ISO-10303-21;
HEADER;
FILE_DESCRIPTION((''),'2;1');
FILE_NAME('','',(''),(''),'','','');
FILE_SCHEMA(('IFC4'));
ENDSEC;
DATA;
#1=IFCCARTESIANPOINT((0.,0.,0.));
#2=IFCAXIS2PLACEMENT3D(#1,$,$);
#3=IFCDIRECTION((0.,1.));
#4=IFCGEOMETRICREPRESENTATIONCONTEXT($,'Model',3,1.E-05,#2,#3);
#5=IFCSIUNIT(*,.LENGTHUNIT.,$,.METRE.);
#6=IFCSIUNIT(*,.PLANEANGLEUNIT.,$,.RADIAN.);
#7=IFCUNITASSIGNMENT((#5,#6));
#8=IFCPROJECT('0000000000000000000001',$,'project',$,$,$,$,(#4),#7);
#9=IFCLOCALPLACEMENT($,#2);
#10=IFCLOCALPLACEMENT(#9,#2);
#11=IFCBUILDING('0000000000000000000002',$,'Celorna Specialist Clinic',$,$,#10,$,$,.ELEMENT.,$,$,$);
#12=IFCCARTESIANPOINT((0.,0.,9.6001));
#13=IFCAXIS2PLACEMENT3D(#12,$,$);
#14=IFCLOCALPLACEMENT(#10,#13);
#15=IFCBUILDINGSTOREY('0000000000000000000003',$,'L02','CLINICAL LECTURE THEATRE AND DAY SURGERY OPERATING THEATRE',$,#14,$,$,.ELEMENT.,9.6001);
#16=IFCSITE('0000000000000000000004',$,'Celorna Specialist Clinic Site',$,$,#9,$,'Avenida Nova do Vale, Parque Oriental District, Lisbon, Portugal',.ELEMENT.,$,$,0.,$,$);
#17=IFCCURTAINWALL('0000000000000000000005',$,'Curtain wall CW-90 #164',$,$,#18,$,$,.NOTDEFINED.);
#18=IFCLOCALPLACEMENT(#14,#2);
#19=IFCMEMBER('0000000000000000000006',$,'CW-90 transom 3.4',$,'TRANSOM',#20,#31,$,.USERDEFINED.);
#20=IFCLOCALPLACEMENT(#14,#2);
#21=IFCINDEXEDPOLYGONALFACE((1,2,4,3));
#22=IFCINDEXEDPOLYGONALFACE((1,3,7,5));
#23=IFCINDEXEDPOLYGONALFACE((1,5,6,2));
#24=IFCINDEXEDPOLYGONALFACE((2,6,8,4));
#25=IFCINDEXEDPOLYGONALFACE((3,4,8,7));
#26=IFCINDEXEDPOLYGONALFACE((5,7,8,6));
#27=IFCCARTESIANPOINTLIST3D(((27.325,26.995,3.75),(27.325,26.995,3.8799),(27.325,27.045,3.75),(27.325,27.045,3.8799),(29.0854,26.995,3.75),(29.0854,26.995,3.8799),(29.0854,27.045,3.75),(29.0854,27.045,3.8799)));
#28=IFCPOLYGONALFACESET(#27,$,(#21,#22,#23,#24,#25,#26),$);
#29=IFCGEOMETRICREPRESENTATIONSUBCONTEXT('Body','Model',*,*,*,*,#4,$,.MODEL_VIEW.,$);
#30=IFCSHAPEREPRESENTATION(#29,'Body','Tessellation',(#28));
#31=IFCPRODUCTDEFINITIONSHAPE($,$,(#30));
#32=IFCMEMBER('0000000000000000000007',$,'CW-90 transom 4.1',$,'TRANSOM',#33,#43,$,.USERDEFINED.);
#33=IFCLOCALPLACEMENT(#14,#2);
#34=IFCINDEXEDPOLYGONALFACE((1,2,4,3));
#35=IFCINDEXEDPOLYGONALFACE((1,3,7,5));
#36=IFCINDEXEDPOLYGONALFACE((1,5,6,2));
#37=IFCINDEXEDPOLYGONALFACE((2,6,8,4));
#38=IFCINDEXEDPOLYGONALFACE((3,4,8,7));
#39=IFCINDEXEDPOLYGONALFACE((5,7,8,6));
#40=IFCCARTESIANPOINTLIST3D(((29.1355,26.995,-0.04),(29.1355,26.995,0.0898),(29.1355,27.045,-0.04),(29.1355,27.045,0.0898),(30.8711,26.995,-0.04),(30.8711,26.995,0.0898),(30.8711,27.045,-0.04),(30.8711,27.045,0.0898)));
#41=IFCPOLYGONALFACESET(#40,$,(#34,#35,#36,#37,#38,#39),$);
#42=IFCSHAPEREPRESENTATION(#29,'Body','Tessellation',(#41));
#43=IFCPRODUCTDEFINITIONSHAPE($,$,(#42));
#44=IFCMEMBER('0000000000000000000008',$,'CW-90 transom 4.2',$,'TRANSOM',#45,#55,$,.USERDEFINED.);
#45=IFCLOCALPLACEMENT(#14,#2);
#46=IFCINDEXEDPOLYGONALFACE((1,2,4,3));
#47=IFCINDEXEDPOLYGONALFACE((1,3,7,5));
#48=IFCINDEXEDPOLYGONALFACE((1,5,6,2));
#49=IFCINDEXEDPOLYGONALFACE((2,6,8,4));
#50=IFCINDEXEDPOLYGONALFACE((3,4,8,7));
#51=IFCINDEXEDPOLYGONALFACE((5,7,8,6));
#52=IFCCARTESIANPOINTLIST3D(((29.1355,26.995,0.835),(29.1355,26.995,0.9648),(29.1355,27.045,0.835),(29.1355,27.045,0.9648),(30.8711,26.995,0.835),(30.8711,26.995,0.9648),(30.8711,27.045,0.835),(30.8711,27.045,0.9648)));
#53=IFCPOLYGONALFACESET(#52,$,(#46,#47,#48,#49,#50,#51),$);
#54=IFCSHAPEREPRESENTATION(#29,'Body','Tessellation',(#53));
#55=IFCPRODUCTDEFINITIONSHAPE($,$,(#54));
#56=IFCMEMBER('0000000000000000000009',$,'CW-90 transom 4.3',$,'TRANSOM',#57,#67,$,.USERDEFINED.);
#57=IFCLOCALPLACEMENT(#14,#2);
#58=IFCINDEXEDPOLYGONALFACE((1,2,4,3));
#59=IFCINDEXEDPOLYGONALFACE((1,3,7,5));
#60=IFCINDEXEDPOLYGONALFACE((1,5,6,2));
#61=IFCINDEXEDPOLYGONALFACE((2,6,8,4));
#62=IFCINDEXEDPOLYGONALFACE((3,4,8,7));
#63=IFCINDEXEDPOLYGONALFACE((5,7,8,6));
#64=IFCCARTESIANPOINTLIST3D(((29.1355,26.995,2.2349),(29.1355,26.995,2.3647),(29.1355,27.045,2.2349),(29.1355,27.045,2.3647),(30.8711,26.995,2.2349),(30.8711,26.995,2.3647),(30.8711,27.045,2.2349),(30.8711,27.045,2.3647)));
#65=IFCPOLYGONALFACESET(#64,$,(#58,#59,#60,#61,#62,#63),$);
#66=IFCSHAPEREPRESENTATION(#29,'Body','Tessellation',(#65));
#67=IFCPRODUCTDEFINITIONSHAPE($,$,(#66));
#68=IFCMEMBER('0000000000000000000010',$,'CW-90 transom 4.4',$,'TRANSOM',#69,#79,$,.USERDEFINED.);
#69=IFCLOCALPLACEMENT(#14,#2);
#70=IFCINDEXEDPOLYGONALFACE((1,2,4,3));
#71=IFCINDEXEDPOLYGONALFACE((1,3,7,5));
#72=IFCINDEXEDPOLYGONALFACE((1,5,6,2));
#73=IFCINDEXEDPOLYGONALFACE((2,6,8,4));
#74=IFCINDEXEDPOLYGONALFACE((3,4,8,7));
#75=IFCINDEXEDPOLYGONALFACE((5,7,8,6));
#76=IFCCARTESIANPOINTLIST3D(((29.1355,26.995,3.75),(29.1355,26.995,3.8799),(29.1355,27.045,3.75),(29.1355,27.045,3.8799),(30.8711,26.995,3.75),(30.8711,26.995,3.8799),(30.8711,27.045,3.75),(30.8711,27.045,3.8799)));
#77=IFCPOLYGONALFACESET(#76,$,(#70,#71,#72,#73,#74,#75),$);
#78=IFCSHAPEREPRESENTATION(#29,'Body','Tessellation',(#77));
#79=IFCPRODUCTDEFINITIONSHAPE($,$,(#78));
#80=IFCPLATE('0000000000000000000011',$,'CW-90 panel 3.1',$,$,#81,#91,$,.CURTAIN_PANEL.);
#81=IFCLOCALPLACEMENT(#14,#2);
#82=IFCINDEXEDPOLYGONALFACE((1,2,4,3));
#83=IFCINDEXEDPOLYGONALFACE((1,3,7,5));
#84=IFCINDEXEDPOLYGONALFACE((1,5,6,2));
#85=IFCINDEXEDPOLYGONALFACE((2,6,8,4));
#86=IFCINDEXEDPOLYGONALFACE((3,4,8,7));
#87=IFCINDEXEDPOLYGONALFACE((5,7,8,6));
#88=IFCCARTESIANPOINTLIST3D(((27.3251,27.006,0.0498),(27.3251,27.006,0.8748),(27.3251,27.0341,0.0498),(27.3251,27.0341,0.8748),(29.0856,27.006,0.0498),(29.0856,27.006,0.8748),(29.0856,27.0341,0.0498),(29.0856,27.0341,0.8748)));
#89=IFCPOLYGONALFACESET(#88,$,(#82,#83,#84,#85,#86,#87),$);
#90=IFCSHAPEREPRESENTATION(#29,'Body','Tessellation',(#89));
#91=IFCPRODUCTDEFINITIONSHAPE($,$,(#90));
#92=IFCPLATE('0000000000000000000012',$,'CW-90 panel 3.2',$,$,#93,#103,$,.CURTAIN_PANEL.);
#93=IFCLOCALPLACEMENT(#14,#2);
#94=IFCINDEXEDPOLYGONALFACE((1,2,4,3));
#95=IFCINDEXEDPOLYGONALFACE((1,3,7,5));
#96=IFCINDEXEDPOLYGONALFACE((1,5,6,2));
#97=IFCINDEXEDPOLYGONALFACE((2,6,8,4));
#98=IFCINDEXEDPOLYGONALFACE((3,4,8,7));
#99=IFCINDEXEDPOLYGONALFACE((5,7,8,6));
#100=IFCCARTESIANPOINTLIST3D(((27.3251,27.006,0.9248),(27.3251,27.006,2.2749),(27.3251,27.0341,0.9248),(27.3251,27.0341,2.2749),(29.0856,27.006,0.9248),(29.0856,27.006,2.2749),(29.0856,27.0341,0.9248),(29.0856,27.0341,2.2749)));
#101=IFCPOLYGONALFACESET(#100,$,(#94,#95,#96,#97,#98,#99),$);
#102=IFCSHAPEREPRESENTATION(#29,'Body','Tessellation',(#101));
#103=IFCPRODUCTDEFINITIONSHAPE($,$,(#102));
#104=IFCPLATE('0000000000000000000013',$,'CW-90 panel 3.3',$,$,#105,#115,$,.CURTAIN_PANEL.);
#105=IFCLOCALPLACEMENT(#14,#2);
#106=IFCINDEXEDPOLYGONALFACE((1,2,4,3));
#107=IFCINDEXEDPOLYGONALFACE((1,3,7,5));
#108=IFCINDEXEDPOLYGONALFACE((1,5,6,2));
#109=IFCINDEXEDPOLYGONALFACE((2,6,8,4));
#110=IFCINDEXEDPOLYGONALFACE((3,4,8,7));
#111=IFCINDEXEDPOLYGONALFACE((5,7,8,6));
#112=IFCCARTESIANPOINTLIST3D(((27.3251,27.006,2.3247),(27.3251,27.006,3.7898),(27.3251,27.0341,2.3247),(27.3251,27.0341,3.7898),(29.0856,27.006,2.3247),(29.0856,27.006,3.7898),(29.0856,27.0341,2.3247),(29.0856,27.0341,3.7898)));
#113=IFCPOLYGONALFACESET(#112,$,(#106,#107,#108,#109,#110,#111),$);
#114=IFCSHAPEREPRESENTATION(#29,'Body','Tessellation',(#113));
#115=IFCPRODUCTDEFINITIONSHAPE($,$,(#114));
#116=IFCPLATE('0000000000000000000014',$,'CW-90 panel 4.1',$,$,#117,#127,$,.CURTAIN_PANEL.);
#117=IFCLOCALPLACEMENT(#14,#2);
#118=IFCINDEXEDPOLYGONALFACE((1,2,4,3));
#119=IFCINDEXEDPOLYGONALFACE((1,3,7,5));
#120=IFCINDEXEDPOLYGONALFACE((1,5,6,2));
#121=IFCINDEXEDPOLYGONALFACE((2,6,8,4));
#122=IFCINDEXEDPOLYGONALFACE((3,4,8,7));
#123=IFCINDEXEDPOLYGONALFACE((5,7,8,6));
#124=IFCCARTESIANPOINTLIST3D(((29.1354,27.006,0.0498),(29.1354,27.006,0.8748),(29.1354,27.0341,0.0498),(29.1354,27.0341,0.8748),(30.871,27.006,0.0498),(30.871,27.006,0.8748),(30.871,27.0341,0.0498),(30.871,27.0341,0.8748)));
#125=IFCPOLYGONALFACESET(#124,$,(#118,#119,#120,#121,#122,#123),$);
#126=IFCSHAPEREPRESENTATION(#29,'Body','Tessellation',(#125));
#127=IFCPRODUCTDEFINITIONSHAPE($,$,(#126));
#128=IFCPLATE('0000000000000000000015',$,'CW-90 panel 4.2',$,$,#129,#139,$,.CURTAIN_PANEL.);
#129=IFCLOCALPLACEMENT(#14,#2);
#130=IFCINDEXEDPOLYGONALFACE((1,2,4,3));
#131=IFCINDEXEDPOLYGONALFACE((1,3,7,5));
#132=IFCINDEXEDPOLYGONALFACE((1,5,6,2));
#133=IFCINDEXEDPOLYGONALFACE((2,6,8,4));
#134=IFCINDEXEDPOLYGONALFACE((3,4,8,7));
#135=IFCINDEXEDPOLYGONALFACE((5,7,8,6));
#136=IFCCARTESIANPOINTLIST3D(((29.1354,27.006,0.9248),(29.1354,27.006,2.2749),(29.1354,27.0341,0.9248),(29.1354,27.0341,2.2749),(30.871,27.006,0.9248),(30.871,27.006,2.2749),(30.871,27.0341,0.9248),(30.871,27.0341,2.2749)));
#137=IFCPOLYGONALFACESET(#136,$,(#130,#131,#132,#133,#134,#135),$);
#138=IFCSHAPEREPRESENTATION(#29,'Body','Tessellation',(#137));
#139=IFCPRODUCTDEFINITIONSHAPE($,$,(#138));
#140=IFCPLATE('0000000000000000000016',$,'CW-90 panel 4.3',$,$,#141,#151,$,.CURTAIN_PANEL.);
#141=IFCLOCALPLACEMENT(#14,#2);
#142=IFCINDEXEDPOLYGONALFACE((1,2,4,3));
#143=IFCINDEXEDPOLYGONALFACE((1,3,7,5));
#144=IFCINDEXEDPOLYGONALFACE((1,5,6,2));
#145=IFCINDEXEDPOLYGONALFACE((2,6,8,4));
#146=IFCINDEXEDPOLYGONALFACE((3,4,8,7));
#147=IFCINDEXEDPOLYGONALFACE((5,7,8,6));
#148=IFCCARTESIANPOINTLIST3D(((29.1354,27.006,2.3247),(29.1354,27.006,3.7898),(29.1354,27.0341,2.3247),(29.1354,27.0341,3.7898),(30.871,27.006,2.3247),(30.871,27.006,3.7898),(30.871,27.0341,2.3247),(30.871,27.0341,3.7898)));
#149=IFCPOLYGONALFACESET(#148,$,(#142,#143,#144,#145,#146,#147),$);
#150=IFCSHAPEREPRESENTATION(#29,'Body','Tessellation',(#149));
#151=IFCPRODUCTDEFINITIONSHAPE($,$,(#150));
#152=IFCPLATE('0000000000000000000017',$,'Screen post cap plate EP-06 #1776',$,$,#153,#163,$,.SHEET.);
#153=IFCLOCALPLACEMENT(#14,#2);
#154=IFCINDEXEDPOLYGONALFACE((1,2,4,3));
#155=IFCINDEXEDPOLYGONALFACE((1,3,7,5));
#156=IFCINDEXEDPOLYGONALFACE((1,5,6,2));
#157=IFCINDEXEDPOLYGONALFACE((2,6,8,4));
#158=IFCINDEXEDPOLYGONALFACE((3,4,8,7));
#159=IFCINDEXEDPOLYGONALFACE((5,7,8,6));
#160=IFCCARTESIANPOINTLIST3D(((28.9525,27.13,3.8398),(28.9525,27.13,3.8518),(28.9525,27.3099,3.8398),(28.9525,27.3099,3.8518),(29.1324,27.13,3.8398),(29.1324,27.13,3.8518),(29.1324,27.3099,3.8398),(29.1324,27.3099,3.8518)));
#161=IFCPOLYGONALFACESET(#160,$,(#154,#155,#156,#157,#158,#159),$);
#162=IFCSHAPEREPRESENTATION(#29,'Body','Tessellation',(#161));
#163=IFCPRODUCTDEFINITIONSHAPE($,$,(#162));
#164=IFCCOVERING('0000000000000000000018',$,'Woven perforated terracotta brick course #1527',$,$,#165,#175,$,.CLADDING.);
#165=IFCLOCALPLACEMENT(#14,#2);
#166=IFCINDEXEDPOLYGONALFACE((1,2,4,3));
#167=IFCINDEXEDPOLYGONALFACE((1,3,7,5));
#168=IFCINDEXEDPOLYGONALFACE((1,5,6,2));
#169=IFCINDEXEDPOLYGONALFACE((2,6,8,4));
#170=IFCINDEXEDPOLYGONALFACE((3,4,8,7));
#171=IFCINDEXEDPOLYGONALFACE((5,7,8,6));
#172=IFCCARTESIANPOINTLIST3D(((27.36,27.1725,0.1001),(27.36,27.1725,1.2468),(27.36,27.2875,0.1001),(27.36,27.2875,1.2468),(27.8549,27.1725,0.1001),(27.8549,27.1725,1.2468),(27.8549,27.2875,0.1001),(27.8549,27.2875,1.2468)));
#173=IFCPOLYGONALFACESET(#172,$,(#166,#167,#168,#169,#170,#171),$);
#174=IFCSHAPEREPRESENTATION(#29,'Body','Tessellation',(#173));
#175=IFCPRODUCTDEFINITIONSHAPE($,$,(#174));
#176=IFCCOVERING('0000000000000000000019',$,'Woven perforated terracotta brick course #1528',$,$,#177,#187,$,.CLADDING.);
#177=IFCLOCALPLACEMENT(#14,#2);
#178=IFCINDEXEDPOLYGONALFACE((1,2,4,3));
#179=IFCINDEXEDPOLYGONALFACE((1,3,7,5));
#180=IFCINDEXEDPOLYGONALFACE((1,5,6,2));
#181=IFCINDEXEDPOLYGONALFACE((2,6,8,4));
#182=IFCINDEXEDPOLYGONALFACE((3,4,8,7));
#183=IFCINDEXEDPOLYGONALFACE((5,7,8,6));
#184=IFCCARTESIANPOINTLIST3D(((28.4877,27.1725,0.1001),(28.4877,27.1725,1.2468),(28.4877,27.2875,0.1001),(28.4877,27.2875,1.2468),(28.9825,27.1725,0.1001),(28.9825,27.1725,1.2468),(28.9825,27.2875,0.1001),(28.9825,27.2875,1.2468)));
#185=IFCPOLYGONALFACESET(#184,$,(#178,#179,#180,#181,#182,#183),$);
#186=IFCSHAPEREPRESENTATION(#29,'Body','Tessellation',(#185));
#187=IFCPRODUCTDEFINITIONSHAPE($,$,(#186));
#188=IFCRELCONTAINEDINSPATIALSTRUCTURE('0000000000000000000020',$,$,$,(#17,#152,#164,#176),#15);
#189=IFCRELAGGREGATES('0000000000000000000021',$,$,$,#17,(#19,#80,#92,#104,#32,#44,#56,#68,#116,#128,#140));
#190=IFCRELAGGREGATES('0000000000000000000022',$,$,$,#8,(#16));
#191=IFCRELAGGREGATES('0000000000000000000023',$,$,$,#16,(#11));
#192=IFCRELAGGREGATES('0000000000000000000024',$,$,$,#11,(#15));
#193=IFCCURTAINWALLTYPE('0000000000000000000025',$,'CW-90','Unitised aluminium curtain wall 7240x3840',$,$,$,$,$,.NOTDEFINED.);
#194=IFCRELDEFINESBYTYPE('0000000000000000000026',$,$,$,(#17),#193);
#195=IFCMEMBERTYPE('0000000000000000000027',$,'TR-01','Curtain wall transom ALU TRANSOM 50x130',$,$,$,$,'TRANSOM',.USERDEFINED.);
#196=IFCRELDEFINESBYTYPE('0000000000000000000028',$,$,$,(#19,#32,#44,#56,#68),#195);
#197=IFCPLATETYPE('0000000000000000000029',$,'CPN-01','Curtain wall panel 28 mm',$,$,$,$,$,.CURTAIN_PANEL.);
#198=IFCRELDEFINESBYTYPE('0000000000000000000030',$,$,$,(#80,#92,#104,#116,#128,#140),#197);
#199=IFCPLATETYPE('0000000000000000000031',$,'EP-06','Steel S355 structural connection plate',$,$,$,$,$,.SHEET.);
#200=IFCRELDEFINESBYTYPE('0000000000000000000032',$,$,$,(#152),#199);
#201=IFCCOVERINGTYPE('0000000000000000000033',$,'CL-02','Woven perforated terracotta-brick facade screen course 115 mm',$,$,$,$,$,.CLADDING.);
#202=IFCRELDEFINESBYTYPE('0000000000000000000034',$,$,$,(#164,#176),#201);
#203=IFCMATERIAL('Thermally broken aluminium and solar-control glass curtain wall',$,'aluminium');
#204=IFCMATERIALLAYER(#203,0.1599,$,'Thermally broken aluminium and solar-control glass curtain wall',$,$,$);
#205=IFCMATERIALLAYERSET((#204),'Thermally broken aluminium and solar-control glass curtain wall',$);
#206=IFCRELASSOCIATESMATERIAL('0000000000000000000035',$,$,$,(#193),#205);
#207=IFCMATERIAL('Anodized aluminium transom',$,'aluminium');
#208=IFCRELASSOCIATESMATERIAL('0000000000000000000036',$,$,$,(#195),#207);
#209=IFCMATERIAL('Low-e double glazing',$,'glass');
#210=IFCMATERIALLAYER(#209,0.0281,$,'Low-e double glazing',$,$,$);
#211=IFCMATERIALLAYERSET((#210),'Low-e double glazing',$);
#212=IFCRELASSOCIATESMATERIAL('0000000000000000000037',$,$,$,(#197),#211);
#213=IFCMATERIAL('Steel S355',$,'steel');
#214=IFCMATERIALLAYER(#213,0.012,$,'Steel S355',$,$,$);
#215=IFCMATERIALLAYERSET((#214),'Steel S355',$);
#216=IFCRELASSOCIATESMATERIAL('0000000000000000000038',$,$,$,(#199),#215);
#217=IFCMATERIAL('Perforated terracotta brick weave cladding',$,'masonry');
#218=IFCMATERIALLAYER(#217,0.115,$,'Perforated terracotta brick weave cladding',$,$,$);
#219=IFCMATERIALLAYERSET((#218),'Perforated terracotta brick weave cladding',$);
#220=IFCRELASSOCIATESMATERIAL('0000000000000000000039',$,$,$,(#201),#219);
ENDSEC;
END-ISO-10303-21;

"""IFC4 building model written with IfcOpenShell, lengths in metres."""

from ifc_helpers import new_model, si_unit, direction, frame, origin, origin_2d, place, context, subcontext, project, spatial, rectangle, extrude, material, layer, layer_set, material_profile, profile_set, type_object, element, aggregate, save


model = new_model("IFC4")

# Units and contexts
model_context = context("Model", 3, precision=1e-05, world=origin(), true_north=direction((0.0, 1.0)))
body_context = subcontext(model_context, "Body", "Model", "MODEL_VIEW")
ifc_project = project(units=[si_unit("LENGTHUNIT", "METRE"), si_unit("PLANEANGLEUNIT", "RADIAN")], contexts=[model_context])

# Site, building, storey
site_placement = place(None, origin())
site = spatial("IfcSite", under=ifc_project, at=site_placement, Name="Celorna Specialist Clinic Site", LongName="Avenida Nova do Vale, Parque Oriental District, Lisbon, Portugal", CompositionType="ELEMENT", RefElevation=0.0)
building_placement = place(site_placement, origin())
building = spatial("IfcBuilding", under=site, at=building_placement, Name="Celorna Specialist Clinic", CompositionType="ELEMENT")
storey_placement = place(building_placement, frame((0.0, 0.0, 9.6001)))
storey = spatial("IfcBuildingStorey", under=building, at=storey_placement, Name="L02", Description="CLINICAL LECTURE THEATRE AND DAY SURGERY OPERATING THEATRE", CompositionType="ELEMENT", Elevation=9.6001)

# Shared definitions
ifc_material_1 = material(Name="Steel S355", Category="steel")

# Curtain wall, members, plates
ifc_material_2 = material(Name="Thermally broken aluminium and solar-control glass curtain wall", Category="aluminium")
ifc_layer_1 = layer(ifc_material_2, 0.1599, Name="Thermally broken aluminium and solar-control glass curtain wall")
ifc_layer_set_1 = layer_set([ifc_layer_1], Name="Thermally broken aluminium and solar-control glass curtain wall")
curtain_wall_type = type_object("IfcCurtainWallType", Name="CW-90", Description="Unitised aluminium curtain wall 7240x3840", PredefinedType="NOTDEFINED", material=ifc_layer_set_1)
curtain_wall_placement = place(storey_placement, origin())
curtain_wall = element("IfcCurtainWall", 1, at=curtain_wall_placement, inside=storey, type_object=curtain_wall_type, Name="Curtain wall CW-90 #164", PredefinedType="NOTDEFINED")
ifc_material_3 = material(Name="Anodized aluminium transom", Category="aluminium")
ifc_material_profile_1 = material_profile(ifc_material_3, rectangle(XDim=0.05, YDim=0.1299, at=origin_2d()), Name="ALU TRANSOM 50x130")
ifc_profile_set_1 = profile_set([ifc_material_profile_1], Name="Anodized aluminium transom")
member_type_1 = type_object("IfcMemberType", Name="TR-01", Description="Curtain wall transom ALU TRANSOM 50x130", ElementType="TRANSOM", PredefinedType="USERDEFINED", material=ifc_profile_set_1)
member_1_placement = place(storey_placement, frame((27.325, 27.02, 3.8149), z_axis=(1.0, 0.0, 0.0), x_axis=(0.0, 1.0, 0.0)))
member_1 = element("IfcMember", 2, at=member_1_placement, type_object=member_type_1, Name="CW-90 transom 3.4", ObjectType="TRANSOM", PredefinedType="USERDEFINED", context=body_context, shape_type="SweptSolid", body=[
    extrude(rectangle(XDim=0.05, YDim=0.1299, at=origin_2d()), origin(), (0.0, 0.0, 1.0), 1.7605),
])
member_2_placement = place(storey_placement, frame((29.1355, 27.02, 0.0249), z_axis=(1.0, 0.0, 0.0), x_axis=(0.0, 1.0, 0.0)))
member_2 = element("IfcMember", 3, at=member_2_placement, type_object=member_type_1, Name="CW-90 transom 4.1", ObjectType="TRANSOM", PredefinedType="USERDEFINED", context=body_context, shape_type="SweptSolid", body=[
    extrude(rectangle(XDim=0.05, YDim=0.1299, at=origin_2d()), origin(), (0.0, 0.0, 1.0), 1.7356),
])
member_3_placement = place(storey_placement, frame((29.1355, 27.02, 0.8999), z_axis=(1.0, 0.0, 0.0), x_axis=(0.0, 1.0, 0.0)))
member_3 = element("IfcMember", 4, at=member_3_placement, type_object=member_type_1, Name="CW-90 transom 4.2", ObjectType="TRANSOM", PredefinedType="USERDEFINED", context=body_context, shape_type="SweptSolid", body=[
    extrude(rectangle(XDim=0.05, YDim=0.1299, at=origin_2d()), origin(), (0.0, 0.0, 1.0), 1.7356),
])
member_4_placement = place(storey_placement, frame((29.1355, 27.02, 2.2998), z_axis=(1.0, 0.0, 0.0), x_axis=(0.0, 1.0, 0.0)))
member_4 = element("IfcMember", 5, at=member_4_placement, type_object=member_type_1, Name="CW-90 transom 4.3", ObjectType="TRANSOM", PredefinedType="USERDEFINED", context=body_context, shape_type="SweptSolid", body=[
    extrude(rectangle(XDim=0.05, YDim=0.1299, at=origin_2d()), origin(), (0.0, 0.0, 1.0), 1.7356),
])
member_5_placement = place(storey_placement, frame((29.1355, 27.02, 3.8149), z_axis=(1.0, 0.0, 0.0), x_axis=(0.0, 1.0, 0.0)))
member_5 = element("IfcMember", 6, at=member_5_placement, type_object=member_type_1, Name="CW-90 transom 4.4", ObjectType="TRANSOM", PredefinedType="USERDEFINED", context=body_context, shape_type="SweptSolid", body=[
    extrude(rectangle(XDim=0.05, YDim=0.1299, at=origin_2d()), origin(), (0.0, 0.0, 1.0), 1.7356),
])
ifc_material_4 = material(Name="Low-e double glazing", Category="glass")
ifc_layer_2 = layer(ifc_material_4, 0.0281, Name="Low-e double glazing")
ifc_layer_set_2 = layer_set([ifc_layer_2], Name="Low-e double glazing")
plate_type_1 = type_object("IfcPlateType", Name="CPN-01", Description="Curtain wall panel 28 mm", PredefinedType="CURTAIN_PANEL", material=ifc_layer_set_2)
plate_1_placement = place(storey_placement, frame((28.2053, 27.02, 0.0498), z_axis=(0.0, 0.0, 1.0), x_axis=(1.0, 0.0, 0.0)))
plate_1 = element("IfcPlate", 7, at=plate_1_placement, type_object=plate_type_1, Name="CW-90 panel 3.1", PredefinedType="CURTAIN_PANEL", context=body_context, shape_type="SweptSolid", body=[
    extrude(rectangle(XDim=1.7605, YDim=0.0281, at=origin_2d()), origin(), (0.0, 0.0, 1.0), 0.825),
])
plate_2_placement = place(storey_placement, frame((28.2053, 27.02, 0.9248), z_axis=(0.0, 0.0, 1.0), x_axis=(1.0, 0.0, 0.0)))
plate_2 = element("IfcPlate", 8, at=plate_2_placement, type_object=plate_type_1, Name="CW-90 panel 3.2", PredefinedType="CURTAIN_PANEL", context=body_context, shape_type="SweptSolid", body=[
    extrude(rectangle(XDim=1.7605, YDim=0.0281, at=origin_2d()), origin(), (0.0, 0.0, 1.0), 1.3501),
])
plate_3_placement = place(storey_placement, frame((28.2053, 27.02, 2.3247), z_axis=(0.0, 0.0, 1.0), x_axis=(1.0, 0.0, 0.0)))
plate_3 = element("IfcPlate", 9, at=plate_3_placement, type_object=plate_type_1, Name="CW-90 panel 3.3", PredefinedType="CURTAIN_PANEL", context=body_context, shape_type="SweptSolid", body=[
    extrude(rectangle(XDim=1.7605, YDim=0.0281, at=origin_2d()), origin(), (0.0, 0.0, 1.0), 1.4651),
])
plate_4_placement = place(storey_placement, frame((30.0032, 27.02, 0.0498), z_axis=(0.0, 0.0, 1.0), x_axis=(1.0, 0.0, 0.0)))
plate_4 = element("IfcPlate", 10, at=plate_4_placement, type_object=plate_type_1, Name="CW-90 panel 4.1", PredefinedType="CURTAIN_PANEL", context=body_context, shape_type="SweptSolid", body=[
    extrude(rectangle(XDim=1.7356, YDim=0.0281, at=origin_2d()), origin(), (0.0, 0.0, 1.0), 0.825),
])
plate_5_placement = place(storey_placement, frame((30.0032, 27.02, 0.9248), z_axis=(0.0, 0.0, 1.0), x_axis=(1.0, 0.0, 0.0)))
plate_5 = element("IfcPlate", 11, at=plate_5_placement, type_object=plate_type_1, Name="CW-90 panel 4.2", PredefinedType="CURTAIN_PANEL", context=body_context, shape_type="SweptSolid", body=[
    extrude(rectangle(XDim=1.7356, YDim=0.0281, at=origin_2d()), origin(), (0.0, 0.0, 1.0), 1.3501),
])
plate_6_placement = place(storey_placement, frame((30.0032, 27.02, 2.3247), z_axis=(0.0, 0.0, 1.0), x_axis=(1.0, 0.0, 0.0)))
plate_6 = element("IfcPlate", 12, at=plate_6_placement, type_object=plate_type_1, Name="CW-90 panel 4.3", PredefinedType="CURTAIN_PANEL", context=body_context, shape_type="SweptSolid", body=[
    extrude(rectangle(XDim=1.7356, YDim=0.0281, at=origin_2d()), origin(), (0.0, 0.0, 1.0), 1.4651),
])
aggregate(curtain_wall, [member_1, plate_1, plate_2, plate_3, member_2, member_3, member_4, member_5, plate_4, plate_5, plate_6])

# Plate
ifc_layer_3 = layer(ifc_material_1, 0.012, Name="Steel S355")
ifc_layer_set_3 = layer_set([ifc_layer_3], Name="Steel S355")
plate_type_2 = type_object("IfcPlateType", Name="EP-06", Description="Steel S355 structural connection plate", PredefinedType="SHEET", material=ifc_layer_set_3)
plate_7_placement = place(storey_placement, frame((29.0425, 27.22, 3.8398), z_axis=(0.0, 0.0, 1.0), x_axis=(1.0, 0.0, 0.0)))
element("IfcPlate", 13, at=plate_7_placement, inside=storey, type_object=plate_type_2, Name="Screen post cap plate EP-06 #1776", PredefinedType="SHEET", context=body_context, shape_type="SweptSolid", body=[
    extrude(rectangle(XDim=0.1799, YDim=0.1799, at=origin_2d()), origin(), (0.0, 0.0, 1.0), 0.012),
])

# Coverings
ifc_material_5 = material(Name="Perforated terracotta brick weave cladding", Category="masonry")
ifc_layer_4 = layer(ifc_material_5, 0.115, Name="Perforated terracotta brick weave cladding")
ifc_layer_set_4 = layer_set([ifc_layer_4], Name="Perforated terracotta brick weave cladding")
covering_type = type_object("IfcCoveringType", Name="CL-02", Description="Woven perforated terracotta-brick facade screen course 115 mm", PredefinedType="CLADDING", material=ifc_layer_set_4)
for number, where, z_axis, x_axis, name in (
    (14, (27.6074, 27.23, 0.1001), (0.0, 0.0, 1.0), (1.0, 0.0, 0.0), "Woven perforated terracotta brick course #1527"),
    (15, (28.7351, 27.23, 0.1001), (0.0, 0.0, 1.0), (1.0, 0.0, 0.0), "Woven perforated terracotta brick course #1528"),
):
    element("IfcCovering", number, at=place(storey_placement, frame(where, z_axis=z_axis, x_axis=x_axis)), inside=storey, type_object=covering_type, Name=name, PredefinedType="CLADDING", context=body_context, shape_type="SweptSolid", body=[
        extrude(rectangle(XDim=0.4949, YDim=0.115, at=origin_2d()), origin(), (0.0, 0.0, 1.0), 1.1467),
    ])

save(model, "model.ifc")
